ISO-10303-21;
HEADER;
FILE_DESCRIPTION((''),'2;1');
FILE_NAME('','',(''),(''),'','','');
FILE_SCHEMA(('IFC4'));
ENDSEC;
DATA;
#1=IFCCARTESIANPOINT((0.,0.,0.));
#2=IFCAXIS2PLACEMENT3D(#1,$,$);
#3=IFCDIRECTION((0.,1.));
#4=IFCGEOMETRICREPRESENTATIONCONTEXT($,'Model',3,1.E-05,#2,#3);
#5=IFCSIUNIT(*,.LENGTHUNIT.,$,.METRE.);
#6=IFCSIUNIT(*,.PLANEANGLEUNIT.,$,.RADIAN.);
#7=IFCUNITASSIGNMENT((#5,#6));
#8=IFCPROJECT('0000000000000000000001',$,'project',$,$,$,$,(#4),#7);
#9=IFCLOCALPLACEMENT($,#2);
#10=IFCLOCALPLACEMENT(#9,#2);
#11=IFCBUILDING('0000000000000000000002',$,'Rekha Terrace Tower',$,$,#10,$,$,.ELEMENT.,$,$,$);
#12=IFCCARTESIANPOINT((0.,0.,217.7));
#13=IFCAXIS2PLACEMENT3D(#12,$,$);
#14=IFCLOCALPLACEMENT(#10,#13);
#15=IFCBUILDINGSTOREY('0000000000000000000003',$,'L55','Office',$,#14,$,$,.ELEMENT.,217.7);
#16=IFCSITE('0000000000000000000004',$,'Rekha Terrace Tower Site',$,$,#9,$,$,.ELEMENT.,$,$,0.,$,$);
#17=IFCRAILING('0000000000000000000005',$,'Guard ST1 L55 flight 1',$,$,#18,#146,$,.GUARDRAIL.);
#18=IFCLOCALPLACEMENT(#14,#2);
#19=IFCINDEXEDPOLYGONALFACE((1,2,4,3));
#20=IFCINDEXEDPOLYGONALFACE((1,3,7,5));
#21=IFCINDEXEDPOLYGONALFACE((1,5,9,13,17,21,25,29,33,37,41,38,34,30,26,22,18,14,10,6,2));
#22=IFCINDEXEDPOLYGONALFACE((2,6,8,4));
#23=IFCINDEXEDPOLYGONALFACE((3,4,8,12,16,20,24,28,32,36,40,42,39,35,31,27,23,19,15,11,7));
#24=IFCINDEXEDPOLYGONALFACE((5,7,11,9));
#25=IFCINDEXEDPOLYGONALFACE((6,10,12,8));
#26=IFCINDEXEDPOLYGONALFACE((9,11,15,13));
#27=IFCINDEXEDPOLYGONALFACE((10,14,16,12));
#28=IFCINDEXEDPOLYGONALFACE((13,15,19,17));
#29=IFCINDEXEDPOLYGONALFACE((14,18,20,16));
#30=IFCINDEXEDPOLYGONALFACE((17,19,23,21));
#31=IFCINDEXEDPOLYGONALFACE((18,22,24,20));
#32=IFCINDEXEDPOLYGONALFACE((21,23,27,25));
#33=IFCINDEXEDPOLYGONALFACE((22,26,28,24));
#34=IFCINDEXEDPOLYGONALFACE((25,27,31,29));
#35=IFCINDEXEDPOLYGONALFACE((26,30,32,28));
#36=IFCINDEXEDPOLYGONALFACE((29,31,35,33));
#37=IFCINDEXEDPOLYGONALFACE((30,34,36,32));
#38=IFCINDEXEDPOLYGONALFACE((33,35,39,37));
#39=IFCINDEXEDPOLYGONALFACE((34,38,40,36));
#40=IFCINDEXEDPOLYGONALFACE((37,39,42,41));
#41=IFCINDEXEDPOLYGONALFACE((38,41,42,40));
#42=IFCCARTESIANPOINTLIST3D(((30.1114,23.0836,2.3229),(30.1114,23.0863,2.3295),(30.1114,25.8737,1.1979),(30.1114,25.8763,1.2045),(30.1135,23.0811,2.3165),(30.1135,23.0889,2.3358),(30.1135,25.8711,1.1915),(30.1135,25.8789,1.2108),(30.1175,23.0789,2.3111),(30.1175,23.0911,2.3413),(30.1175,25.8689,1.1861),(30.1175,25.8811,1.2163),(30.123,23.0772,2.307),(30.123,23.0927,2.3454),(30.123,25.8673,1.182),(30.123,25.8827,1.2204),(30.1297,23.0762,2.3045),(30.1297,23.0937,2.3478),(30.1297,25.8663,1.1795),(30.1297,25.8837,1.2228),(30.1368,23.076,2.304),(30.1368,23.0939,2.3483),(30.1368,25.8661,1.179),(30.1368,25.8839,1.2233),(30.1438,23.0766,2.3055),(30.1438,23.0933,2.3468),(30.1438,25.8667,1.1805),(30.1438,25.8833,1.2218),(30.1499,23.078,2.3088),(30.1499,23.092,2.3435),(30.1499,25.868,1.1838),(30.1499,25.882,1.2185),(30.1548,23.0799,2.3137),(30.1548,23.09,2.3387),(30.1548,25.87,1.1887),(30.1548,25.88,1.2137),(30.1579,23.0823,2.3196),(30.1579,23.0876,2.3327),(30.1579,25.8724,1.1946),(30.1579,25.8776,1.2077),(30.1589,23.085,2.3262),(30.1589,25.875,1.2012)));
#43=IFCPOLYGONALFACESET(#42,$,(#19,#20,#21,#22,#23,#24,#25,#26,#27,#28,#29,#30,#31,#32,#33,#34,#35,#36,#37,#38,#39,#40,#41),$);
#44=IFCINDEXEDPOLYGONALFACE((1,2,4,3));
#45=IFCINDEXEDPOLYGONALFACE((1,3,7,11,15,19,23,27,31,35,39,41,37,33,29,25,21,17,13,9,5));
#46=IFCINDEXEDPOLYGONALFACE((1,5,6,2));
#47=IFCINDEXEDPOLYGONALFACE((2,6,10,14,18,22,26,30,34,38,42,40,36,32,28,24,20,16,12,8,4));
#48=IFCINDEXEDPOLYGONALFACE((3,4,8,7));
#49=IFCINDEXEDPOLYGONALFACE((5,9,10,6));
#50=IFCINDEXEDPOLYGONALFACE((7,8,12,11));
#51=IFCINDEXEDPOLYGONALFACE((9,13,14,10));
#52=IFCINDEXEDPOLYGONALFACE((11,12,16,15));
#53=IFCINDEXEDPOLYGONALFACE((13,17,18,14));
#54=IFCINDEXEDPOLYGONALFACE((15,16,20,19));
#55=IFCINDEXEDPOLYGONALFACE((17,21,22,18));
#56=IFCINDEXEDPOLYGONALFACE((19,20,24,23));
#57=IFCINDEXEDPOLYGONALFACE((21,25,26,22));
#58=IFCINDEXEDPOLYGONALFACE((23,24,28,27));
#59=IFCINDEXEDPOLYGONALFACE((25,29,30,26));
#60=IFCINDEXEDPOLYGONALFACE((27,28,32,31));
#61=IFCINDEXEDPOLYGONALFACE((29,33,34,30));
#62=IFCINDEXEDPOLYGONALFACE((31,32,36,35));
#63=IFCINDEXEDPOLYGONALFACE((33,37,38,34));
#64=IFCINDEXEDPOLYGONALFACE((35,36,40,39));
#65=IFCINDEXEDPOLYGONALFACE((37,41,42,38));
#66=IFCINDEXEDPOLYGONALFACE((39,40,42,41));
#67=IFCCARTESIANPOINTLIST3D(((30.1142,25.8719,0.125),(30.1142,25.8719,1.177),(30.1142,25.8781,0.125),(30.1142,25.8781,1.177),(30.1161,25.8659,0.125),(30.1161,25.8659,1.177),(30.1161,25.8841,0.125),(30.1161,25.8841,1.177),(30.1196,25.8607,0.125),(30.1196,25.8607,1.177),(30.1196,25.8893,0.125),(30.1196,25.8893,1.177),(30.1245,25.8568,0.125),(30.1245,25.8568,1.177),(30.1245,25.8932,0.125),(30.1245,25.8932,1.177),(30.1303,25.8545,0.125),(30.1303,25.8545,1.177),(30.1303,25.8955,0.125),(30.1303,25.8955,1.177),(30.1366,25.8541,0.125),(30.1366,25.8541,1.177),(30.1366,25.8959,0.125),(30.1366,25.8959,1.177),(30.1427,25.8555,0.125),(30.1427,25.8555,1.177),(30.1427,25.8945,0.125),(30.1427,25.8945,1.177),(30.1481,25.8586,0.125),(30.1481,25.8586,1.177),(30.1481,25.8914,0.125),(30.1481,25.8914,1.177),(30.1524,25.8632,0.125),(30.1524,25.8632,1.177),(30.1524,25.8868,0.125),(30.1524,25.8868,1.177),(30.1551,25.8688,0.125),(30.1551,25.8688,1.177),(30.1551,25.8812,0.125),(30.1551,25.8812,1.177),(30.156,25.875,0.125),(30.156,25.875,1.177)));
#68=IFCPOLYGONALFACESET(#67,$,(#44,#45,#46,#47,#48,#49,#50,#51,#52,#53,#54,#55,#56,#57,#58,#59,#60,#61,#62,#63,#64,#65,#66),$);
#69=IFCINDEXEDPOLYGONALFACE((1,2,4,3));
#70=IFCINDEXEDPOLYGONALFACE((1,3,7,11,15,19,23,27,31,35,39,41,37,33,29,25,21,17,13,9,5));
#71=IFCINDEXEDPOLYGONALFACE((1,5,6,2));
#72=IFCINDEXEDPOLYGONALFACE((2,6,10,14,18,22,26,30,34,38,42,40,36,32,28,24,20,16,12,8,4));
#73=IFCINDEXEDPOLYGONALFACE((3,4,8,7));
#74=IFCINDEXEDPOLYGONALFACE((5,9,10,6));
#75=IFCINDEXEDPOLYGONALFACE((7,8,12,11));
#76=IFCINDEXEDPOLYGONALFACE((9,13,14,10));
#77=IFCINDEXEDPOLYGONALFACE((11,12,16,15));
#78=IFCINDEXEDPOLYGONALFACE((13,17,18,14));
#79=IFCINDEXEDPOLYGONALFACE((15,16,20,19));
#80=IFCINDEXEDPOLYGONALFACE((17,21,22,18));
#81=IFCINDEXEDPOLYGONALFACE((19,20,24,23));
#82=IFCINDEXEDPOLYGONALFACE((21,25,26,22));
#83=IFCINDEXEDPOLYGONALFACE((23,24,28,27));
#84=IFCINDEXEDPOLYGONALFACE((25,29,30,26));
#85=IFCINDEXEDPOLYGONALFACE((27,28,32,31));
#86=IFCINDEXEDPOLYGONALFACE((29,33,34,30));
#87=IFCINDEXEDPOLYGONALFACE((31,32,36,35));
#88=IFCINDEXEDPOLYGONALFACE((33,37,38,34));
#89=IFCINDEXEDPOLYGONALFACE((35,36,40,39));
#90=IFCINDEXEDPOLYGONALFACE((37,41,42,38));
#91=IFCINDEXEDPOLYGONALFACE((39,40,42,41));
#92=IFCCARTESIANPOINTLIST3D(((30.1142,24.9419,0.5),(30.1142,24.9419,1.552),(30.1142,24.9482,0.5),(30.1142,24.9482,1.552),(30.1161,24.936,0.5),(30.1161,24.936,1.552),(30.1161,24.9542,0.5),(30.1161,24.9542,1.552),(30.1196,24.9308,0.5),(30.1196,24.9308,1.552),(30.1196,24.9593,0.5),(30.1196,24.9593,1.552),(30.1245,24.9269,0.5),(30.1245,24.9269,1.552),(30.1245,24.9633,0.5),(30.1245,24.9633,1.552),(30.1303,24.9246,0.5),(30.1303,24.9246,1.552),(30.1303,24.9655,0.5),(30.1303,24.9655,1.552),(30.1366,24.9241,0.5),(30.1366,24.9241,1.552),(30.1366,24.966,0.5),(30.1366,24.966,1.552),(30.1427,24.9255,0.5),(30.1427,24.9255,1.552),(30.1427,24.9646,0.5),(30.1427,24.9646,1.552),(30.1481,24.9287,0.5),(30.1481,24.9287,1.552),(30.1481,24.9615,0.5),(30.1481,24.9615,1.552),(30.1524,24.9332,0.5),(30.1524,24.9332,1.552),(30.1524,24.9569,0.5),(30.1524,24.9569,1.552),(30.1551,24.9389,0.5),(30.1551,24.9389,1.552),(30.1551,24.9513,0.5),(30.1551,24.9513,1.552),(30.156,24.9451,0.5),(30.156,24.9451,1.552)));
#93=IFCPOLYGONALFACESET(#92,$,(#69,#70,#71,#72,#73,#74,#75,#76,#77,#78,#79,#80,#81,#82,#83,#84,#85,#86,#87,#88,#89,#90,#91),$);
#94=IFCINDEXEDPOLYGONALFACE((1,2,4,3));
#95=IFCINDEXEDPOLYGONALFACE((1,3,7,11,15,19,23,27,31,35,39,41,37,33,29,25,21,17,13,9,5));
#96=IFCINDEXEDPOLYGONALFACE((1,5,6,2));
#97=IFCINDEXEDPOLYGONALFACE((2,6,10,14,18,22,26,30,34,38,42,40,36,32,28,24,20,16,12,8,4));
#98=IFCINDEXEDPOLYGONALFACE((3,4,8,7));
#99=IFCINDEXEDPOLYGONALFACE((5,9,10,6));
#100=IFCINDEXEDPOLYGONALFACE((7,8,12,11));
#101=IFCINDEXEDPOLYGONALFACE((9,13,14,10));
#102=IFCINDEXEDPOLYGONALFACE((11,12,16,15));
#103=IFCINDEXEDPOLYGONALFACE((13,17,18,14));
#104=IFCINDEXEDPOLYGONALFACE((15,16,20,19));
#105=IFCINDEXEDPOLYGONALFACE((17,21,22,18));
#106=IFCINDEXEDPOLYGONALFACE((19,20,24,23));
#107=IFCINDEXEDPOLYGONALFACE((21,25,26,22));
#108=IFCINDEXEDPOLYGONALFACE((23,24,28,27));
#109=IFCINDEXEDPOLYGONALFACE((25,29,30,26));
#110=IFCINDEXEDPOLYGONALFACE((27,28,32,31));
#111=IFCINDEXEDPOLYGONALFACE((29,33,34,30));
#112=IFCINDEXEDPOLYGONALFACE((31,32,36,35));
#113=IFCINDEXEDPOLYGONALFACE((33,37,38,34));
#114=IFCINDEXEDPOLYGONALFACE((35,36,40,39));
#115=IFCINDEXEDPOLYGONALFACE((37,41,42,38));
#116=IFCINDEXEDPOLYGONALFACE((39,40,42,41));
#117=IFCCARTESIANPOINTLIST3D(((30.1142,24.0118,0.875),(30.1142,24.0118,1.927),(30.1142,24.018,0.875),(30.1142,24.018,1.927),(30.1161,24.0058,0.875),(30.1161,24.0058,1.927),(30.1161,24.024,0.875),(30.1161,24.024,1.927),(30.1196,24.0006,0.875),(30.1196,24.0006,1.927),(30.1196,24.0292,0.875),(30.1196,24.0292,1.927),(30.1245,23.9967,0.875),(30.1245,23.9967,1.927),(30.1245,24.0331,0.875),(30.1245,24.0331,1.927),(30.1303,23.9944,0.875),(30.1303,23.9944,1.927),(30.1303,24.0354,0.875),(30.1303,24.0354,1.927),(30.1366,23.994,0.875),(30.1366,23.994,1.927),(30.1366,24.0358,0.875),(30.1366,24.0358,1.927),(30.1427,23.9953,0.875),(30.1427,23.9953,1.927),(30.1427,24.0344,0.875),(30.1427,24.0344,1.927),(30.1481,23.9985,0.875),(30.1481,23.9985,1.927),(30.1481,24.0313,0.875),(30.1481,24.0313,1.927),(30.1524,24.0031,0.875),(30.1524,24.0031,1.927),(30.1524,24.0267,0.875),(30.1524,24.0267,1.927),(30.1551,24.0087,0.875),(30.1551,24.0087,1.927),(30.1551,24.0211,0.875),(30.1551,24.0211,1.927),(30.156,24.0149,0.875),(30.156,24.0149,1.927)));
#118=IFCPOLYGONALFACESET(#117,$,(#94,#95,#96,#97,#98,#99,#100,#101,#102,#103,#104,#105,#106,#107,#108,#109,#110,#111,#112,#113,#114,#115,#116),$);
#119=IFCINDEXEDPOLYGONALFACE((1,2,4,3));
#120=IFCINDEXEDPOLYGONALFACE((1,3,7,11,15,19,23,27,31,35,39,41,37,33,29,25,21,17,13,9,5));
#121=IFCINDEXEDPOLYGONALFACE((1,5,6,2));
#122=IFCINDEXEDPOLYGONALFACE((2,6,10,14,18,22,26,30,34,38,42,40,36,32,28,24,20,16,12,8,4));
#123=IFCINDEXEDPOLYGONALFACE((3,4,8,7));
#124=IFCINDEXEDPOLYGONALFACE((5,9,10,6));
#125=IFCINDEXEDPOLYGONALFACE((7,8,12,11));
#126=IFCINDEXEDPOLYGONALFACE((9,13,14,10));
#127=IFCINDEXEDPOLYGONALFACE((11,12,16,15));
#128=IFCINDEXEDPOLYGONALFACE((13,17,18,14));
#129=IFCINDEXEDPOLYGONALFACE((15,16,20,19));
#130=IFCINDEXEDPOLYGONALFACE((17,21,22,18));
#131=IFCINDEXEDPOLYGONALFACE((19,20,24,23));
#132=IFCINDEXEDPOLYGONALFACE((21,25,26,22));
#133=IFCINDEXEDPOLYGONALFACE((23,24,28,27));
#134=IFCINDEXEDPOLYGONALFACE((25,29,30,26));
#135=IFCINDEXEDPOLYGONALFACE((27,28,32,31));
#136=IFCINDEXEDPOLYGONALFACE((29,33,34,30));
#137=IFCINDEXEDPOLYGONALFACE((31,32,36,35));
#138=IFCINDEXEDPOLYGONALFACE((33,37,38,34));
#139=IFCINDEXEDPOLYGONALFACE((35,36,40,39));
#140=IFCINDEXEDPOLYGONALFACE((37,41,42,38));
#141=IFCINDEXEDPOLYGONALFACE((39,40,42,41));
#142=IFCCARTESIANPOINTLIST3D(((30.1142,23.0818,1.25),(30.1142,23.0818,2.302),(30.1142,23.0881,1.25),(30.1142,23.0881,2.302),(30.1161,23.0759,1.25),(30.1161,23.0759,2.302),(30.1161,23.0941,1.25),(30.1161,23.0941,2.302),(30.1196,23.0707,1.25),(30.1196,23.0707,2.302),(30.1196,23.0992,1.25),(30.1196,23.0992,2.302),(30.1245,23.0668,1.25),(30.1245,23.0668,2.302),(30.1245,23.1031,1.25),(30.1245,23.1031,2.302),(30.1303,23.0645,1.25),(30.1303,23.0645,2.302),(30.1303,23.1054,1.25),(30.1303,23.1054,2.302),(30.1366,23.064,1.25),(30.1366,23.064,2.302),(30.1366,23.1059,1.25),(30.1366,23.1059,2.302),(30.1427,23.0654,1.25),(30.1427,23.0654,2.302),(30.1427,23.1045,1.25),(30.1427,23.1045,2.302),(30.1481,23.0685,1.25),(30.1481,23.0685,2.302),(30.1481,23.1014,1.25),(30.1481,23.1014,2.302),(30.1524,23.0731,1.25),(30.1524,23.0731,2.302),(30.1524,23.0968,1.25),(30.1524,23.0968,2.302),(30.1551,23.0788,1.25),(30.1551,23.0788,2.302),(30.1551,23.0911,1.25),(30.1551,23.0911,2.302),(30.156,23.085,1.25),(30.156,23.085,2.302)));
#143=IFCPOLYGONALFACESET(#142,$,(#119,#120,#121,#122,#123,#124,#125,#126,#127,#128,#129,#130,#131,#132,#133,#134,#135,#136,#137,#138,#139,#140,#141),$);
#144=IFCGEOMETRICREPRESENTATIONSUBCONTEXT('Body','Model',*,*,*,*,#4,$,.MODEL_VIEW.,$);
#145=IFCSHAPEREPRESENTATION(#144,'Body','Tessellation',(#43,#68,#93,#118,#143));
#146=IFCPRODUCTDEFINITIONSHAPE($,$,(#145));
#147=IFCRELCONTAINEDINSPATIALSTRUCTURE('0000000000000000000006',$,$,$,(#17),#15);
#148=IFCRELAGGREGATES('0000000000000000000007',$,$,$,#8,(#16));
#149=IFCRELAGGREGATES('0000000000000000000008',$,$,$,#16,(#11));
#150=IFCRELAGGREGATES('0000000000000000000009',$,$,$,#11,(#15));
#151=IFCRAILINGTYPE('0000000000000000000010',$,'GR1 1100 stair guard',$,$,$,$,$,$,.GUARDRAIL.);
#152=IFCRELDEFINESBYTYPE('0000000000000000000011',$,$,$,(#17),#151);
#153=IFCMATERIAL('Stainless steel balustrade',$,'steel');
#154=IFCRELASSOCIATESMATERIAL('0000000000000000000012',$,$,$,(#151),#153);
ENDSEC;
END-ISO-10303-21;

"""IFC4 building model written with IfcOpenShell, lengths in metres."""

from ifc_helpers import new_model, si_unit, direction, frame, origin, origin_2d, place, context, subcontext, project, spatial, circle, extrude, material, type_object, element, save


model = new_model("IFC4")

# Units and contexts
model_context = context("Model", 3, precision=1e-05, world=origin(), true_north=direction((0.0, 1.0)))
body_context = subcontext(model_context, "Body", "Model", "MODEL_VIEW")
ifc_project = project(units=[si_unit("LENGTHUNIT", "METRE"), si_unit("PLANEANGLEUNIT", "RADIAN")], contexts=[model_context])

# Site, building, storey
site_placement = place(None, origin())
site = spatial("IfcSite", under=ifc_project, at=site_placement, Name="Rekha Terrace Tower Site", CompositionType="ELEMENT", RefElevation=0.0)
building_placement = place(site_placement, origin())
building = spatial("IfcBuilding", under=site, at=building_placement, Name="Rekha Terrace Tower", CompositionType="ELEMENT")
storey_placement = place(building_placement, frame((0.0, 0.0, 217.7)))
storey = spatial("IfcBuildingStorey", under=building, at=storey_placement, Name="L55", Description="Office", CompositionType="ELEMENT", Elevation=217.7)

# Railing
ifc_material_1 = material(Name="Stainless steel balustrade", Category="steel")
railing_type_1 = type_object("IfcRailingType", Name="GR1 1100 stair guard", PredefinedType="GUARDRAIL", material=ifc_material_1)
railing_1_placement = place(storey_placement, frame((30.135, 25.875, 0.125)))
element("IfcRailing", 1, at=railing_1_placement, inside=storey, type_object=railing_type_1, Name="Guard ST1 L55 flight 1", PredefinedType="GUARDRAIL", context=body_context, shape_type="SweptSolid", body=[
    extrude(circle(Radius=0.0239, at=origin_2d()), frame((0.0, 0.0, 1.0762), z_axis=(0.0, -0.927443, 0.373964), x_axis=(1.0, 0.0, 0.0)), (0.0, 0.0, 1.0), 3.0083),
    extrude(circle(Radius=0.021, at=origin_2d()), origin(), (0.0, 0.0, 1.0), 1.052),
    extrude(circle(Radius=0.021, at=origin_2d()), frame((0.0, -0.9299, 0.375)), (0.0, 0.0, 1.0), 1.052),
    extrude(circle(Radius=0.021, at=origin_2d()), frame((0.0, -1.8601, 0.75)), (0.0, 0.0, 1.0), 1.052),
    extrude(circle(Radius=0.021, at=origin_2d()), frame((0.0, -2.79, 1.125)), (0.0, 0.0, 1.0), 1.052),
])

save(model, "model.ifc")
